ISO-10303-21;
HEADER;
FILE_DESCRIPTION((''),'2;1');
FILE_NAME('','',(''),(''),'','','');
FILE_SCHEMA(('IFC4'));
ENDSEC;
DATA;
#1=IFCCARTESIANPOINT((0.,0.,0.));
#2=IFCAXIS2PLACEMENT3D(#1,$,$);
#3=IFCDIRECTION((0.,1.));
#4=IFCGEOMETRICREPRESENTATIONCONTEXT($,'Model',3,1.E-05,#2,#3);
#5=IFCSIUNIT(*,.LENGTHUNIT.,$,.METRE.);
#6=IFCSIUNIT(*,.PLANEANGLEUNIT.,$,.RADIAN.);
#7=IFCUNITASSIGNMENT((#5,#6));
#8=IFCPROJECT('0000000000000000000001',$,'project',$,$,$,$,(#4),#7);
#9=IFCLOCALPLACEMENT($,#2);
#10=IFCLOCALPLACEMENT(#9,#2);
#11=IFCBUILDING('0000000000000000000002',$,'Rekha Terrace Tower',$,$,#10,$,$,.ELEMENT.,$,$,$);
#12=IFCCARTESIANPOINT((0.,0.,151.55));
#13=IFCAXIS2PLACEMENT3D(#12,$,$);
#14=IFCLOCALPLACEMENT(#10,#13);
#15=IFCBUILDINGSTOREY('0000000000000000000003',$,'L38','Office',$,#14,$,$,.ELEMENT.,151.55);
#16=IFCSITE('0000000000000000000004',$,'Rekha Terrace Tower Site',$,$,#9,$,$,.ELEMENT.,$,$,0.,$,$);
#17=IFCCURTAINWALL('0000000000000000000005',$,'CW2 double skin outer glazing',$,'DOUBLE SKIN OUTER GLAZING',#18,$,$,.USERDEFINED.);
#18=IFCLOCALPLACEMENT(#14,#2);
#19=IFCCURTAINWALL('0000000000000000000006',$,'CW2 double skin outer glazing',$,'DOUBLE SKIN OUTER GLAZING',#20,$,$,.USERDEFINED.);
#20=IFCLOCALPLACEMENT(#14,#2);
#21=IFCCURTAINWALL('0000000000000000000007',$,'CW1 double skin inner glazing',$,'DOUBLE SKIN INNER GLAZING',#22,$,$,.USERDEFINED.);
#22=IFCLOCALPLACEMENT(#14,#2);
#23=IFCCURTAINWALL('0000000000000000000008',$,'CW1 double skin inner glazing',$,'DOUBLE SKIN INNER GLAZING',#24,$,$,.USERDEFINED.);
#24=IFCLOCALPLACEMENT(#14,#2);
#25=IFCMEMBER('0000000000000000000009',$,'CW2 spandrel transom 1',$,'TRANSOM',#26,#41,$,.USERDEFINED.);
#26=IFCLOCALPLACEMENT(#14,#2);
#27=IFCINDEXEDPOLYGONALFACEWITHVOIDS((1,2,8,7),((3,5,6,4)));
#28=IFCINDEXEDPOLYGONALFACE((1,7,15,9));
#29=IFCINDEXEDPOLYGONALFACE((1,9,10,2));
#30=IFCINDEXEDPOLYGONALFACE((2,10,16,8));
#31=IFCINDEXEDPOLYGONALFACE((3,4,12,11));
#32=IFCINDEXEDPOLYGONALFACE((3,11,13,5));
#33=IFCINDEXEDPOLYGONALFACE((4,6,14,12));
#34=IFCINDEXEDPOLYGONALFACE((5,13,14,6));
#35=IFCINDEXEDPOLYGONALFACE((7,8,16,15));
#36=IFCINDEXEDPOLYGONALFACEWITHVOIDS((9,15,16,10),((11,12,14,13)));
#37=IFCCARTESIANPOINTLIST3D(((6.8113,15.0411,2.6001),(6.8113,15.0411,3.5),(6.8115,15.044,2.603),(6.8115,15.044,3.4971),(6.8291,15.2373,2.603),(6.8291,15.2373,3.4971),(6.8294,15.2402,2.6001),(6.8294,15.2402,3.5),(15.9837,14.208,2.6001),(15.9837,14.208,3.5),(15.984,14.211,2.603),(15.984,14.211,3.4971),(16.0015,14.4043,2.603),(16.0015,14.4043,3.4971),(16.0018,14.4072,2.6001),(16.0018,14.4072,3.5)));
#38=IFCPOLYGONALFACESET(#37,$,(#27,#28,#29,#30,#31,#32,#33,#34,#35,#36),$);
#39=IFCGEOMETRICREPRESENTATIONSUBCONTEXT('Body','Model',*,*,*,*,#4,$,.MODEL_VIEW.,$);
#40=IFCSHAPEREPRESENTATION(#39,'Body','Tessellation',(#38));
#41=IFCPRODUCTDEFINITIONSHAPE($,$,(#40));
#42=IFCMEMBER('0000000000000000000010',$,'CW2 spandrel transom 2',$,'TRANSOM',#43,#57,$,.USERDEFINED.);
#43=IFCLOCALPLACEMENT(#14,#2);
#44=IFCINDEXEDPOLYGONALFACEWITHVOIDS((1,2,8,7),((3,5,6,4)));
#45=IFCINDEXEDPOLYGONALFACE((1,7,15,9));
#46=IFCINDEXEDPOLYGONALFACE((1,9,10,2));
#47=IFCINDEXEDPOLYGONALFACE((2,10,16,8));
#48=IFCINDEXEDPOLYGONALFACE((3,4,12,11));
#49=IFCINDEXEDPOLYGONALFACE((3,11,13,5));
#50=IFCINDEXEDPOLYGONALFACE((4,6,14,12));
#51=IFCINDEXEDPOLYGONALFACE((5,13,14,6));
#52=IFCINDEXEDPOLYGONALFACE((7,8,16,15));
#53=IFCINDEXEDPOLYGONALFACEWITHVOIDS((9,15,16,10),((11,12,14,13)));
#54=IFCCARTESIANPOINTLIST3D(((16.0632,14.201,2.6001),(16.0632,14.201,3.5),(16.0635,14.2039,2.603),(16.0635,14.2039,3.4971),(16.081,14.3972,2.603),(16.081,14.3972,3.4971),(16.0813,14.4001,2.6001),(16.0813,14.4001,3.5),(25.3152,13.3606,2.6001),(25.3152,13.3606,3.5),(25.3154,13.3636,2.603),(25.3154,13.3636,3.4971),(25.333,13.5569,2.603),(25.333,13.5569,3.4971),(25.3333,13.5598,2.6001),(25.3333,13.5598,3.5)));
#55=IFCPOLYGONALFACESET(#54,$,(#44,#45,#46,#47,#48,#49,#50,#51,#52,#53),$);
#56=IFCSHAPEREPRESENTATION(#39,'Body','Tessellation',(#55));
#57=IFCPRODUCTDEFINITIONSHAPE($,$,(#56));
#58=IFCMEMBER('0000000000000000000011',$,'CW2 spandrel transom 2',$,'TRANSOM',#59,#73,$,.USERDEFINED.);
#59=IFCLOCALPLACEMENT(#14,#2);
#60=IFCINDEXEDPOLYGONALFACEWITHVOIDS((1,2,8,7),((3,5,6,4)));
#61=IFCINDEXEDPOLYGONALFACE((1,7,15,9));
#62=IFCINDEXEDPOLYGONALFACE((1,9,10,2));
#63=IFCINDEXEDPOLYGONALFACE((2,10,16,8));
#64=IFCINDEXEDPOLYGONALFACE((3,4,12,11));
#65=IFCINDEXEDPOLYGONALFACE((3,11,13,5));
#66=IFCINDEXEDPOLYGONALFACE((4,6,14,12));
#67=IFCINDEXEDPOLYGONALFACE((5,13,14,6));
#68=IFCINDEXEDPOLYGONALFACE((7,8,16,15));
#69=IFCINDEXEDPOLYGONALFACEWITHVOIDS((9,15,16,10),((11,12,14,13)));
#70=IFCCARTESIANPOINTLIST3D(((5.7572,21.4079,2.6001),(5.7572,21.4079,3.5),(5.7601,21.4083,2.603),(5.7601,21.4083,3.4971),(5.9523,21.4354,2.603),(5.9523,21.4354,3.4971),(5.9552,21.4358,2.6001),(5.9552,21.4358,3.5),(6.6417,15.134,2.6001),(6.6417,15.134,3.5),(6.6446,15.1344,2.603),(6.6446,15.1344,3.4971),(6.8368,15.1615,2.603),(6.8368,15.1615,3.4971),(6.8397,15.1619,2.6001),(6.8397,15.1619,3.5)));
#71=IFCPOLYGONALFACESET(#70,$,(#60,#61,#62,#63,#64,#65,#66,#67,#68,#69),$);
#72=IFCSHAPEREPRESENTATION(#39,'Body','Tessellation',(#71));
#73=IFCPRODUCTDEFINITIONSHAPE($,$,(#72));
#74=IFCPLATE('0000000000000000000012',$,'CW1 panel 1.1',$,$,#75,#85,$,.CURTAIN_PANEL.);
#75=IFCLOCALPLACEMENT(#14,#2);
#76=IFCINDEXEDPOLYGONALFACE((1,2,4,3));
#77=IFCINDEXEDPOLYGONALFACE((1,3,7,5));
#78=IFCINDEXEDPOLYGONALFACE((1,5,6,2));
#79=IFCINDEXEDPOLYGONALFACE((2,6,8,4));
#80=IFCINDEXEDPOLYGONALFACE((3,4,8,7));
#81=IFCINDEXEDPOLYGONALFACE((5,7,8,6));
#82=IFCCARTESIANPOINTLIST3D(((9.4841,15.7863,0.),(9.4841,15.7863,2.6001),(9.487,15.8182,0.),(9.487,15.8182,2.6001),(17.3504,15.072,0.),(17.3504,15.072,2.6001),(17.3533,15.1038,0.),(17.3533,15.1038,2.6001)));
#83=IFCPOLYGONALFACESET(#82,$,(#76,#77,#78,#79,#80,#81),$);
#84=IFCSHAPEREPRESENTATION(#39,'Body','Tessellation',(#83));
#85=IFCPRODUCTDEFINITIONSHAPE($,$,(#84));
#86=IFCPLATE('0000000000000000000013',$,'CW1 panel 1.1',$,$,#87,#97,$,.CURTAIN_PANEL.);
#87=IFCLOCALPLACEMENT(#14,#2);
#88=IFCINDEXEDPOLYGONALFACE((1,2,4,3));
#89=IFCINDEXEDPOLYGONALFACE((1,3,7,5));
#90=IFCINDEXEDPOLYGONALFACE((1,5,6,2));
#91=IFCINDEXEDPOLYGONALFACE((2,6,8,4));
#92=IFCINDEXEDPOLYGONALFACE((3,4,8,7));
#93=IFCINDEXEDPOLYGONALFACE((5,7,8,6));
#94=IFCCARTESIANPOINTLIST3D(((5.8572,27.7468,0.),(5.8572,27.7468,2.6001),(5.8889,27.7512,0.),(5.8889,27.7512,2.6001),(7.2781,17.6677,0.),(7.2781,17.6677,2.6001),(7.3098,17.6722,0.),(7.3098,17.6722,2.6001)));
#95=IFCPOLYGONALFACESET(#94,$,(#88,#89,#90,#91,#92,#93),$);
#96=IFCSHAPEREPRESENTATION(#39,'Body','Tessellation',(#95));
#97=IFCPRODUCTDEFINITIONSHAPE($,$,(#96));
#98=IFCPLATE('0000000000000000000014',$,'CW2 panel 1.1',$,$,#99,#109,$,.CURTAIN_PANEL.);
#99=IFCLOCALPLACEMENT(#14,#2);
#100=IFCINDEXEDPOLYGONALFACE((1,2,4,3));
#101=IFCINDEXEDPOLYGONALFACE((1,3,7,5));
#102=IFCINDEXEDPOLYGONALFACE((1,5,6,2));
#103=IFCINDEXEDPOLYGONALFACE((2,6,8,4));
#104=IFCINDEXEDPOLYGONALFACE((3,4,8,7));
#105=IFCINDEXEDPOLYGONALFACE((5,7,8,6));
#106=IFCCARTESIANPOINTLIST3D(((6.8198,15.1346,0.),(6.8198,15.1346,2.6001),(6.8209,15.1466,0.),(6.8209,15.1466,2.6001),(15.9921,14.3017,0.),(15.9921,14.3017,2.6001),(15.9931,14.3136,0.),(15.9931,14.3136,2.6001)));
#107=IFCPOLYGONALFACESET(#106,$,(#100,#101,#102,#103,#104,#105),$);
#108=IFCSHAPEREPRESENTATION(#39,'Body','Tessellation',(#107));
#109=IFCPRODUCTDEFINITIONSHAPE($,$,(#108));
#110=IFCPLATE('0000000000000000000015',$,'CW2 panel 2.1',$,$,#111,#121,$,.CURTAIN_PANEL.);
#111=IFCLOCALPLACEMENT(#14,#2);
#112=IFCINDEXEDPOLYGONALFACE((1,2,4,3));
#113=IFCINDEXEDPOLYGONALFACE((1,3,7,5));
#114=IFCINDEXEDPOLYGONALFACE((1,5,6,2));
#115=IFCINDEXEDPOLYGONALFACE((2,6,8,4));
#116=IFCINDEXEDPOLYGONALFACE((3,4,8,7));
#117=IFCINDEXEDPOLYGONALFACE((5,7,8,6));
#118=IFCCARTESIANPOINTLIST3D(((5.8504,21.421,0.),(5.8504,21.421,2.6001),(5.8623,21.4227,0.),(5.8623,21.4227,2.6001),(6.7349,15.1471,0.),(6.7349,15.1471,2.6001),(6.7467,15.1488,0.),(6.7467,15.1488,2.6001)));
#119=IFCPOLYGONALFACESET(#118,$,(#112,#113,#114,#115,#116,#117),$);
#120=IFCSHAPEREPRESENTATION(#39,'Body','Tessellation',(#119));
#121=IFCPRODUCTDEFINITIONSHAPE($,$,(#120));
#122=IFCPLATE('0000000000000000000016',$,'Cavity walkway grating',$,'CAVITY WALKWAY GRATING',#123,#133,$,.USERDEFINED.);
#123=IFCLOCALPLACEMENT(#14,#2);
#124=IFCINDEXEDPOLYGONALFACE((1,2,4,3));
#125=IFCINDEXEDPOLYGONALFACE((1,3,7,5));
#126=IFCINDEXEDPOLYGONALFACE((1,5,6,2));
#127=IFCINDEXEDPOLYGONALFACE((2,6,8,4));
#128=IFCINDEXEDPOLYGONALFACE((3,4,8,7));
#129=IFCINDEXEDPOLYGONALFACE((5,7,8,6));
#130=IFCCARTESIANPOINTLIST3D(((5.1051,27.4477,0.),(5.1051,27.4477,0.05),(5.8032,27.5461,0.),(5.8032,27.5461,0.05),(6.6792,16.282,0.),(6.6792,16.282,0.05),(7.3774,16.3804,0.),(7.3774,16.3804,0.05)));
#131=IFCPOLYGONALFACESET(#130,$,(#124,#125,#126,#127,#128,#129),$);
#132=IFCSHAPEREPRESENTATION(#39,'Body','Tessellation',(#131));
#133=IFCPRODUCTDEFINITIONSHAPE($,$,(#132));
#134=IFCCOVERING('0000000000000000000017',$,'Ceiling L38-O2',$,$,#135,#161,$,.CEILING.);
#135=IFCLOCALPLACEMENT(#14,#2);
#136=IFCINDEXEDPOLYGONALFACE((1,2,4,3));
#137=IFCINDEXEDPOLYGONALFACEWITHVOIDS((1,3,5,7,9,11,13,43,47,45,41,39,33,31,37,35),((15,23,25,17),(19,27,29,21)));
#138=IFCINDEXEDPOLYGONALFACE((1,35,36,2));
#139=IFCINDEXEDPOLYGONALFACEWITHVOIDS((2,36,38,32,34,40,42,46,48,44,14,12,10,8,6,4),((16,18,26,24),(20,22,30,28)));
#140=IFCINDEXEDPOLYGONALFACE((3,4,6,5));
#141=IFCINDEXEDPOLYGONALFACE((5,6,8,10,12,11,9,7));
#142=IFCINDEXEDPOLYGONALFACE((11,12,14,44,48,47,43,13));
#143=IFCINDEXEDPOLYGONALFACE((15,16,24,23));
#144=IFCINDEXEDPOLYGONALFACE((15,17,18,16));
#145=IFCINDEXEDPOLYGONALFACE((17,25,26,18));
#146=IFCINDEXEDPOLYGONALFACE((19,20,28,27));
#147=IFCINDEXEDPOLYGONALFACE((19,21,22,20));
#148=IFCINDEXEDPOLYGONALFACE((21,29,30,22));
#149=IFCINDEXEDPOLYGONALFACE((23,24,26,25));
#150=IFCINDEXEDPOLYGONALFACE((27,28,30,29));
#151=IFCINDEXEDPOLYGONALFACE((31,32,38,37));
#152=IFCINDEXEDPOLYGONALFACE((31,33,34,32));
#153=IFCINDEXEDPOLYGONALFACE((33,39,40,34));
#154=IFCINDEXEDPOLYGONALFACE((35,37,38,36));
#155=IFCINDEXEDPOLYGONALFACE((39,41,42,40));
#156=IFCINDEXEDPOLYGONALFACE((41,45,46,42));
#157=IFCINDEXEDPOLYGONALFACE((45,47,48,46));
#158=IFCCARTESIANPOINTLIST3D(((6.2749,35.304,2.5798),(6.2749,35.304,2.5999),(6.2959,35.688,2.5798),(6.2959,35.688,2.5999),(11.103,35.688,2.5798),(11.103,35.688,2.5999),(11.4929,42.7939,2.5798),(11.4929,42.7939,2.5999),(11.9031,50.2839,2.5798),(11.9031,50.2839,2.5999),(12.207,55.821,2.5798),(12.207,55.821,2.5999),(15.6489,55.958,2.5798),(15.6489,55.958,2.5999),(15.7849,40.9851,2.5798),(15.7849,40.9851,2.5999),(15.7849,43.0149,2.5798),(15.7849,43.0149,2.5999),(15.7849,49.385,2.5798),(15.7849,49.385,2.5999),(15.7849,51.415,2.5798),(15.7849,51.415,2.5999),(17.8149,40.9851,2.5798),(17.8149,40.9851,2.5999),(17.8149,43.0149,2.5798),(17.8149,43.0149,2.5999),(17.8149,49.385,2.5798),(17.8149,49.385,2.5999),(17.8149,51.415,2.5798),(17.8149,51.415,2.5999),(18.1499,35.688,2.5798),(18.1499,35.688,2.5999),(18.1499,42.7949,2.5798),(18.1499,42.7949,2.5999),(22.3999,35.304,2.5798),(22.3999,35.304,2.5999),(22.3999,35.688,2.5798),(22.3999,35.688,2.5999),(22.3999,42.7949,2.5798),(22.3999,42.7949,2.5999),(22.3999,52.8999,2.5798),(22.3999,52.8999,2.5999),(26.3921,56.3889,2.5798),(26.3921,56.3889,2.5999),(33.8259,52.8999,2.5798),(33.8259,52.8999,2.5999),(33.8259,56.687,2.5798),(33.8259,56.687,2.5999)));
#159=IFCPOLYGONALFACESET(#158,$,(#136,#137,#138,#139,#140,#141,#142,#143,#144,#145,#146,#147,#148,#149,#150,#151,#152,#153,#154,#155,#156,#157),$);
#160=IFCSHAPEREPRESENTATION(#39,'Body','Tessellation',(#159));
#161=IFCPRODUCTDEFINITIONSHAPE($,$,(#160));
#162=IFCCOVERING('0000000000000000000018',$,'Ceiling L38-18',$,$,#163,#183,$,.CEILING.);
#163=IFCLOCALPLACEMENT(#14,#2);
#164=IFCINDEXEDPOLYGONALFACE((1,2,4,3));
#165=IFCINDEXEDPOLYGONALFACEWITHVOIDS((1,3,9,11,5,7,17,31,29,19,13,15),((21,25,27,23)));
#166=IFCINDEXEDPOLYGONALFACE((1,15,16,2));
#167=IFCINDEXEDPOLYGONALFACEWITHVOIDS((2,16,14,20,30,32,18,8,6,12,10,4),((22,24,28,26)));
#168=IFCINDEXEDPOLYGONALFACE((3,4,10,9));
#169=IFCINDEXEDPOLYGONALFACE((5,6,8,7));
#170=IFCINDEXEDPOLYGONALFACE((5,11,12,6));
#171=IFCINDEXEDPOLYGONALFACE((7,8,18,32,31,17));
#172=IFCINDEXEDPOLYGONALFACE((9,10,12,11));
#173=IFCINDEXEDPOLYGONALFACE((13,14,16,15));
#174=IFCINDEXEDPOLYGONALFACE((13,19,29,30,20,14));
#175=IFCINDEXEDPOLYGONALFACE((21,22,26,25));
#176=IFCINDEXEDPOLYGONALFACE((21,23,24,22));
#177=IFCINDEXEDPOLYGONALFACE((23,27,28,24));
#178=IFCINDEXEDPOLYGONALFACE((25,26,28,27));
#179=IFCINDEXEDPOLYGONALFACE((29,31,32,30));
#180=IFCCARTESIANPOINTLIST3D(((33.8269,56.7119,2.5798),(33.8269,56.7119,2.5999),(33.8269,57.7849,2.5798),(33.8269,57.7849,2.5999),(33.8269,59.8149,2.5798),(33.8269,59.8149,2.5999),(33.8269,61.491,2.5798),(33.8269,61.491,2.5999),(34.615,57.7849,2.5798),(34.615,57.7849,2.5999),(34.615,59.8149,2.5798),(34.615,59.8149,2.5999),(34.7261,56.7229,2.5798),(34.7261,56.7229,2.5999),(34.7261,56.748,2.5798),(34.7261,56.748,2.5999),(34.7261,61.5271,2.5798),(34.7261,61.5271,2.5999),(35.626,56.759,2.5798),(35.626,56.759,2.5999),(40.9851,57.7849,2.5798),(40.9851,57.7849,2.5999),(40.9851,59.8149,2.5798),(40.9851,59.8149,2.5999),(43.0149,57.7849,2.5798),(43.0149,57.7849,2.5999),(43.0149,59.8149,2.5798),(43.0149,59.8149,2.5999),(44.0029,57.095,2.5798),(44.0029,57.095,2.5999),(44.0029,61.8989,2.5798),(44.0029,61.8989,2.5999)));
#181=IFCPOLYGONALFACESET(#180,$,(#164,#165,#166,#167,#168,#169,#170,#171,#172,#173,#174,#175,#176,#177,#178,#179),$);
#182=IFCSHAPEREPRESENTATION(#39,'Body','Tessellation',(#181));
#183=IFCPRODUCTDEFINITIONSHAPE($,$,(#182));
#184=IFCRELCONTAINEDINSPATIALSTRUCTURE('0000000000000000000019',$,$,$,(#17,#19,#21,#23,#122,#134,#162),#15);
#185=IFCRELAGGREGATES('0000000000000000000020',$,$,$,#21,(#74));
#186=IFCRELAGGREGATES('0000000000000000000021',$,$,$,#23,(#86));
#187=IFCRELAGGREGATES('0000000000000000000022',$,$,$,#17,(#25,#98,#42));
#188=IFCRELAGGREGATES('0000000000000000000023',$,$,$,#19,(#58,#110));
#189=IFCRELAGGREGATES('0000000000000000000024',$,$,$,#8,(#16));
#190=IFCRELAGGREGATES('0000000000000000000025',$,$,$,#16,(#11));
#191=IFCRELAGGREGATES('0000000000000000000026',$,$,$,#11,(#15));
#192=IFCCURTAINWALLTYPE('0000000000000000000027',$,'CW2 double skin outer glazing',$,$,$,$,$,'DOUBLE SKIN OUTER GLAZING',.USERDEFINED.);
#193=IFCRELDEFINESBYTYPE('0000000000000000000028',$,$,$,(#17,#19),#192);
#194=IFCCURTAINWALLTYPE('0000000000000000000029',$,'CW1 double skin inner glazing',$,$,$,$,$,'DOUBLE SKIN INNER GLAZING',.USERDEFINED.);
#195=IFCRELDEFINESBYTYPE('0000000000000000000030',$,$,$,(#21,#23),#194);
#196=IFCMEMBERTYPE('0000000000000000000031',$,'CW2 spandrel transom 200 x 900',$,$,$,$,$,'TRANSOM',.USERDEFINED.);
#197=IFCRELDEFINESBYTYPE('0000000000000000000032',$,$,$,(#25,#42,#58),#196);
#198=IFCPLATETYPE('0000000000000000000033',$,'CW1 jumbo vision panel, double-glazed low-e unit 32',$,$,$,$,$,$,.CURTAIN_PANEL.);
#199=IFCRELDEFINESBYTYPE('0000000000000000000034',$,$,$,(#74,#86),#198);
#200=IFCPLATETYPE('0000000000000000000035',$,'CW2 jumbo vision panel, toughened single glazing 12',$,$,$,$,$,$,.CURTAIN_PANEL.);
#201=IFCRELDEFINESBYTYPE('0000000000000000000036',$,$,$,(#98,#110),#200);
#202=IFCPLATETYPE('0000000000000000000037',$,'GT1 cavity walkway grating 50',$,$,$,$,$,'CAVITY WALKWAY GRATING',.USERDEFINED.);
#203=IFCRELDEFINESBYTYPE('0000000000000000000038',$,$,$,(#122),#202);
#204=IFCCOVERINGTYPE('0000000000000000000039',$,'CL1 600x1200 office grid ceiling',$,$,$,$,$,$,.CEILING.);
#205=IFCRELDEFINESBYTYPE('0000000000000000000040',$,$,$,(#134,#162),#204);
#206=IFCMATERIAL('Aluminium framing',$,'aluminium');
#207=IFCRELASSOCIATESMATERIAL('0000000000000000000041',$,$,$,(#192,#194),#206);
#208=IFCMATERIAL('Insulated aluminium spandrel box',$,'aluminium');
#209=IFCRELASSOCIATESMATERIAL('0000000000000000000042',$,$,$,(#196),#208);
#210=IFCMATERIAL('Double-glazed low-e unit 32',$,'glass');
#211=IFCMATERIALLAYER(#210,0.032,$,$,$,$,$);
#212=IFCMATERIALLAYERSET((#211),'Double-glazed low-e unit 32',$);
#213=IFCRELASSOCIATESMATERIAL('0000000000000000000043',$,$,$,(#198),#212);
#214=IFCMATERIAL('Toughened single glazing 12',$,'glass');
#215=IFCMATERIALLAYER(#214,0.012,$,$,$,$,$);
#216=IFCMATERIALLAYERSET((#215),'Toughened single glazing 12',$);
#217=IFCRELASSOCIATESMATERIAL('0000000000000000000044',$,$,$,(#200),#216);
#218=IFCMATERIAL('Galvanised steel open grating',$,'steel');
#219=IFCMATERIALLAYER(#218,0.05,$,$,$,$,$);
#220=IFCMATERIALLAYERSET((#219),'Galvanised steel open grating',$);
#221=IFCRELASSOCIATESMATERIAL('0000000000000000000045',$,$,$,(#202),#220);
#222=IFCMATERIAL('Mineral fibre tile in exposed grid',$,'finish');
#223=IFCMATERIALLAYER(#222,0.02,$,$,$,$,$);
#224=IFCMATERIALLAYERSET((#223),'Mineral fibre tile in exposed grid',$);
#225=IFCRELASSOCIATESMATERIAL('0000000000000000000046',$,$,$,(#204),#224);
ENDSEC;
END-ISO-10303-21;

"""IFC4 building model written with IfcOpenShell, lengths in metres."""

from ifc_helpers import new_model, si_unit, direction, frame, origin, origin_2d, place, context, subcontext, project, spatial, polyline, rectangle, hollow_rectangle, outline, extrude, material, layer, layer_set, material_profile, profile_set, type_object, element, aggregate, save


model = new_model("IFC4")

# Units and contexts
model_context = context("Model", 3, precision=1e-05, world=origin(), true_north=direction((0.0, 1.0)))
body_context = subcontext(model_context, "Body", "Model", "MODEL_VIEW")
ifc_project = project(units=[si_unit("LENGTHUNIT", "METRE"), si_unit("PLANEANGLEUNIT", "RADIAN")], contexts=[model_context])

# Site, building, storey
site_placement = place(None, origin())
site = spatial("IfcSite", under=ifc_project, at=site_placement, Name="Rekha Terrace Tower Site", CompositionType="ELEMENT", RefElevation=0.0)
building_placement = place(site_placement, origin())
building = spatial("IfcBuilding", under=site, at=building_placement, Name="Rekha Terrace Tower", CompositionType="ELEMENT")
storey_placement = place(building_placement, frame((0.0, 0.0, 151.55)))
storey = spatial("IfcBuildingStorey", under=building, at=storey_placement, Name="L38", Description="Office", CompositionType="ELEMENT", Elevation=151.55)

# Curtain walls
ifc_material_1 = material(Name="Aluminium framing", Category="aluminium")
curtain_wall_type_1 = type_object("IfcCurtainWallType", Name="CW2 double skin outer glazing", ElementType="DOUBLE SKIN OUTER GLAZING", PredefinedType="USERDEFINED", material=ifc_material_1)
curtain_wall_1_placement = place(storey_placement, origin())
curtain_wall_1 = element("IfcCurtainWall", 1, at=curtain_wall_1_placement, inside=storey, type_object=curtain_wall_type_1, Name="CW2 double skin outer glazing", ObjectType="DOUBLE SKIN OUTER GLAZING", PredefinedType="USERDEFINED")
curtain_wall_2_placement = place(storey_placement, origin())
curtain_wall_2 = element("IfcCurtainWall", 2, at=curtain_wall_2_placement, inside=storey, type_object=curtain_wall_type_1, Name="CW2 double skin outer glazing", ObjectType="DOUBLE SKIN OUTER GLAZING", PredefinedType="USERDEFINED")
curtain_wall_type_2 = type_object("IfcCurtainWallType", Name="CW1 double skin inner glazing", ElementType="DOUBLE SKIN INNER GLAZING", PredefinedType="USERDEFINED", material=ifc_material_1)
curtain_wall_3_placement = place(storey_placement, origin())
curtain_wall_3 = element("IfcCurtainWall", 3, at=curtain_wall_3_placement, inside=storey, type_object=curtain_wall_type_2, Name="CW1 double skin inner glazing", ObjectType="DOUBLE SKIN INNER GLAZING", PredefinedType="USERDEFINED")
curtain_wall_4_placement = place(storey_placement, origin())
curtain_wall_4 = element("IfcCurtainWall", 4, at=curtain_wall_4_placement, inside=storey, type_object=curtain_wall_type_2, Name="CW1 double skin inner glazing", ObjectType="DOUBLE SKIN INNER GLAZING", PredefinedType="USERDEFINED")

# Members
ifc_material_2 = material(Name="Insulated aluminium spandrel box", Category="aluminium")
ifc_material_profile_1 = material_profile(ifc_material_2, hollow_rectangle(XDim=0.2, YDim=0.8999, WallThickness=0.0029, at=origin_2d()), Name="AL SPANDREL BOX 200x900")
ifc_profile_set_1 = profile_set([ifc_material_profile_1], Name="Insulated aluminium spandrel box")
member_type_1 = type_object("IfcMemberType", Name="CW2 spandrel transom 200 x 900", ElementType="TRANSOM", PredefinedType="USERDEFINED", material=ifc_profile_set_1)
member_1_placement = place(storey_placement, frame((6.8203, 15.1406, 3.05), z_axis=(0.995901, -0.090445, 0.0), x_axis=(0.090445, 0.995901, 0.0)))
member_1 = element("IfcMember", 5, at=member_1_placement, type_object=member_type_1, Name="CW2 spandrel transom 1", ObjectType="TRANSOM", PredefinedType="USERDEFINED", context=body_context, shape_type="SweptSolid", body=[
    extrude(hollow_rectangle(XDim=0.2, YDim=0.8999, WallThickness=0.0029, at=origin_2d()), origin(), (0.0, 0.0, 1.0), 9.2102),
])
member_2_placement = place(storey_placement, frame((16.0723, 14.3005, 3.05), z_axis=(0.995901, -0.090455, 0.0), x_axis=(0.090455, 0.995901, 0.0)))
member_2 = element("IfcMember", 6, at=member_2_placement, type_object=member_type_1, Name="CW2 spandrel transom 2", ObjectType="TRANSOM", PredefinedType="USERDEFINED", context=body_context, shape_type="SweptSolid", body=[
    extrude(hollow_rectangle(XDim=0.2, YDim=0.8999, WallThickness=0.0029, at=origin_2d()), origin(), (0.0, 0.0, 1.0), 9.29),
])
member_3_placement = place(storey_placement, frame((5.8562, 21.4219, 3.05), z_axis=(0.139603, -0.990208, 0.0), x_axis=(0.990208, 0.139603, 0.0)))
member_3 = element("IfcMember", 7, at=member_3_placement, type_object=member_type_1, Name="CW2 spandrel transom 2", ObjectType="TRANSOM", PredefinedType="USERDEFINED", context=body_context, shape_type="SweptSolid", body=[
    extrude(hollow_rectangle(XDim=0.2, YDim=0.8999, WallThickness=0.0029, at=origin_2d()), origin(), (0.0, 0.0, 1.0), 6.3359),
])

# Plates
ifc_material_3 = material(Name="Double-glazed low-e unit 32", Category="glass")
ifc_layer_1 = layer(ifc_material_3, 0.032)
ifc_layer_set_1 = layer_set([ifc_layer_1], Name="Double-glazed low-e unit 32")
plate_type_1 = type_object("IfcPlateType", Name="CW1 jumbo vision panel, double-glazed low-e unit 32", PredefinedType="CURTAIN_PANEL", material=ifc_layer_set_1)
plate_1_placement = place(storey_placement, frame((13.4187, 15.4451, 0.0), z_axis=(0.0, 0.0, 1.0), x_axis=(0.995902, -0.09044, 0.0)))
plate_1 = element("IfcPlate", 8, at=plate_1_placement, type_object=plate_type_1, Name="CW1 panel 1.1", PredefinedType="CURTAIN_PANEL", context=body_context, shape_type="SweptSolid", body=[
    extrude(rectangle(XDim=7.8987, YDim=0.032, at=origin_2d()), origin(), (0.0, 0.0, 1.0), 2.6001),
])
aggregate(curtain_wall_3, [plate_1])
plate_2_placement = place(storey_placement, frame((6.5835, 22.7095, 0.0), z_axis=(0.0, 0.0, 1.0), x_axis=(0.139597, -0.990208, 0.0)))
plate_2 = element("IfcPlate", 9, at=plate_2_placement, type_object=plate_type_1, Name="CW1 panel 1.1", PredefinedType="CURTAIN_PANEL", context=body_context, shape_type="SweptSolid", body=[
    extrude(rectangle(XDim=10.1787, YDim=0.032, at=origin_2d()), origin(), (0.0, 0.0, 1.0), 2.6001),
])
aggregate(curtain_wall_4, [plate_2])
ifc_material_4 = material(Name="Toughened single glazing 12", Category="glass")
ifc_layer_2 = layer(ifc_material_4, 0.012)
ifc_layer_set_2 = layer_set([ifc_layer_2], Name="Toughened single glazing 12")
plate_type_2 = type_object("IfcPlateType", Name="CW2 jumbo vision panel, toughened single glazing 12", PredefinedType="CURTAIN_PANEL", material=ifc_layer_set_2)
plate_3_placement = place(storey_placement, frame((11.4065, 14.7241, 0.0), z_axis=(0.0, 0.0, 1.0), x_axis=(0.995902, -0.09044, 0.0)))
plate_3 = element("IfcPlate", 10, at=plate_3_placement, type_object=plate_type_2, Name="CW2 panel 1.1", PredefinedType="CURTAIN_PANEL", context=body_context, shape_type="SweptSolid", body=[
    extrude(rectangle(XDim=9.21, YDim=0.012, at=origin_2d()), origin(), (0.0, 0.0, 1.0), 2.6001),
])
aggregate(curtain_wall_1, [member_1, plate_3, member_2])
plate_4_placement = place(storey_placement, frame((6.2986, 18.2849, 0.0), z_axis=(0.0, 0.0, 1.0), x_axis=(0.139597, -0.990208, 0.0)))
plate_4 = element("IfcPlate", 11, at=plate_4_placement, type_object=plate_type_2, Name="CW2 panel 2.1", PredefinedType="CURTAIN_PANEL", context=body_context, shape_type="SweptSolid", body=[
    extrude(rectangle(XDim=6.3359, YDim=0.012, at=origin_2d()), origin(), (0.0, 0.0, 1.0), 2.6001),
])
aggregate(curtain_wall_2, [member_3, plate_4])
ifc_material_5 = material(Name="Galvanised steel open grating", Category="steel")
ifc_layer_3 = layer(ifc_material_5, 0.05)
ifc_layer_set_3 = layer_set([ifc_layer_3], Name="Galvanised steel open grating")
plate_type_3 = type_object("IfcPlateType", Name="GT1 cavity walkway grating 50", ElementType="CAVITY WALKWAY GRATING", PredefinedType="USERDEFINED", material=ifc_layer_set_3)
plate_5_placement = place(storey_placement, frame((6.2412, 21.9141, 0.0), z_axis=(0.0, 0.0, 1.0), x_axis=(0.139597, -0.990208, 0.0)))
element("IfcPlate", 12, at=plate_5_placement, inside=storey, type_object=plate_type_3, Name="Cavity walkway grating", ObjectType="CAVITY WALKWAY GRATING", PredefinedType="USERDEFINED", context=body_context, shape_type="SweptSolid", body=[
    extrude(rectangle(XDim=11.2761, YDim=0.7051, at=origin_2d()), origin(), (0.0, 0.0, 1.0), 0.05),
])

# Coverings
ifc_material_6 = material(Name="Mineral fibre tile in exposed grid", Category="finish")
ifc_layer_4 = layer(ifc_material_6, 0.02)
ifc_layer_set_4 = layer_set([ifc_layer_4], Name="Mineral fibre tile in exposed grid")
covering_type_1 = type_object("IfcCoveringType", Name="CL1 600x1200 office grid ceiling", PredefinedType="CEILING", material=ifc_layer_set_4)
covering_1_placement = place(storey_placement, frame((0.0, 0.0, 2.5798)))
element("IfcCovering", 13, at=covering_1_placement, inside=storey, type_object=covering_type_1, Name="Ceiling L38-O2", PredefinedType="CEILING", context=body_context, shape_type="SweptSolid", body=[
    extrude(outline(polyline([(11.9031, 50.2839), (11.4929, 42.7939), (11.103, 35.688), (6.2959, 35.688), (6.2749, 35.304), (22.3999, 35.304), (22.3999, 35.688), (18.1499, 35.688), (18.1499, 42.7949), (22.3999, 42.7949), (22.3999, 52.8999), (33.8259, 52.8999), (33.8259, 56.687), (26.3921, 56.3889), (15.6489, 55.958), (12.207, 55.821), (11.9031, 50.2839)]), holes=[polyline([(17.8149, 40.9851), (15.7849, 40.9851), (15.7849, 43.0149), (17.8149, 43.0149), (17.8149, 40.9851)]), polyline([(17.8149, 49.385), (15.7849, 49.385), (15.7849, 51.415), (17.8149, 51.415), (17.8149, 49.385)])]), origin(), (0.0, 0.0, 1.0), 0.02),
])
covering_2_placement = place(storey_placement, frame((0.0, 0.0, 2.5798)))
element("IfcCovering", 14, at=covering_2_placement, inside=storey, type_object=covering_type_1, Name="Ceiling L38-18", PredefinedType="CEILING", context=body_context, shape_type="SweptSolid", body=[
    extrude(outline(polyline([(33.8269, 56.7119), (34.7261, 56.748), (34.7261, 56.7229), (35.626, 56.759), (44.0029, 57.095), (44.0029, 61.8989), (34.7261, 61.5271), (33.8269, 61.491), (33.8269, 59.8149), (34.615, 59.8149), (34.615, 57.7849), (33.8269, 57.7849), (33.8269, 56.7119)]), holes=[polyline([(43.0149, 57.7849), (40.9851, 57.7849), (40.9851, 59.8149), (43.0149, 59.8149), (43.0149, 57.7849)])]), origin(), (0.0, 0.0, 1.0), 0.02),
])

save(model, "model.ifc")
